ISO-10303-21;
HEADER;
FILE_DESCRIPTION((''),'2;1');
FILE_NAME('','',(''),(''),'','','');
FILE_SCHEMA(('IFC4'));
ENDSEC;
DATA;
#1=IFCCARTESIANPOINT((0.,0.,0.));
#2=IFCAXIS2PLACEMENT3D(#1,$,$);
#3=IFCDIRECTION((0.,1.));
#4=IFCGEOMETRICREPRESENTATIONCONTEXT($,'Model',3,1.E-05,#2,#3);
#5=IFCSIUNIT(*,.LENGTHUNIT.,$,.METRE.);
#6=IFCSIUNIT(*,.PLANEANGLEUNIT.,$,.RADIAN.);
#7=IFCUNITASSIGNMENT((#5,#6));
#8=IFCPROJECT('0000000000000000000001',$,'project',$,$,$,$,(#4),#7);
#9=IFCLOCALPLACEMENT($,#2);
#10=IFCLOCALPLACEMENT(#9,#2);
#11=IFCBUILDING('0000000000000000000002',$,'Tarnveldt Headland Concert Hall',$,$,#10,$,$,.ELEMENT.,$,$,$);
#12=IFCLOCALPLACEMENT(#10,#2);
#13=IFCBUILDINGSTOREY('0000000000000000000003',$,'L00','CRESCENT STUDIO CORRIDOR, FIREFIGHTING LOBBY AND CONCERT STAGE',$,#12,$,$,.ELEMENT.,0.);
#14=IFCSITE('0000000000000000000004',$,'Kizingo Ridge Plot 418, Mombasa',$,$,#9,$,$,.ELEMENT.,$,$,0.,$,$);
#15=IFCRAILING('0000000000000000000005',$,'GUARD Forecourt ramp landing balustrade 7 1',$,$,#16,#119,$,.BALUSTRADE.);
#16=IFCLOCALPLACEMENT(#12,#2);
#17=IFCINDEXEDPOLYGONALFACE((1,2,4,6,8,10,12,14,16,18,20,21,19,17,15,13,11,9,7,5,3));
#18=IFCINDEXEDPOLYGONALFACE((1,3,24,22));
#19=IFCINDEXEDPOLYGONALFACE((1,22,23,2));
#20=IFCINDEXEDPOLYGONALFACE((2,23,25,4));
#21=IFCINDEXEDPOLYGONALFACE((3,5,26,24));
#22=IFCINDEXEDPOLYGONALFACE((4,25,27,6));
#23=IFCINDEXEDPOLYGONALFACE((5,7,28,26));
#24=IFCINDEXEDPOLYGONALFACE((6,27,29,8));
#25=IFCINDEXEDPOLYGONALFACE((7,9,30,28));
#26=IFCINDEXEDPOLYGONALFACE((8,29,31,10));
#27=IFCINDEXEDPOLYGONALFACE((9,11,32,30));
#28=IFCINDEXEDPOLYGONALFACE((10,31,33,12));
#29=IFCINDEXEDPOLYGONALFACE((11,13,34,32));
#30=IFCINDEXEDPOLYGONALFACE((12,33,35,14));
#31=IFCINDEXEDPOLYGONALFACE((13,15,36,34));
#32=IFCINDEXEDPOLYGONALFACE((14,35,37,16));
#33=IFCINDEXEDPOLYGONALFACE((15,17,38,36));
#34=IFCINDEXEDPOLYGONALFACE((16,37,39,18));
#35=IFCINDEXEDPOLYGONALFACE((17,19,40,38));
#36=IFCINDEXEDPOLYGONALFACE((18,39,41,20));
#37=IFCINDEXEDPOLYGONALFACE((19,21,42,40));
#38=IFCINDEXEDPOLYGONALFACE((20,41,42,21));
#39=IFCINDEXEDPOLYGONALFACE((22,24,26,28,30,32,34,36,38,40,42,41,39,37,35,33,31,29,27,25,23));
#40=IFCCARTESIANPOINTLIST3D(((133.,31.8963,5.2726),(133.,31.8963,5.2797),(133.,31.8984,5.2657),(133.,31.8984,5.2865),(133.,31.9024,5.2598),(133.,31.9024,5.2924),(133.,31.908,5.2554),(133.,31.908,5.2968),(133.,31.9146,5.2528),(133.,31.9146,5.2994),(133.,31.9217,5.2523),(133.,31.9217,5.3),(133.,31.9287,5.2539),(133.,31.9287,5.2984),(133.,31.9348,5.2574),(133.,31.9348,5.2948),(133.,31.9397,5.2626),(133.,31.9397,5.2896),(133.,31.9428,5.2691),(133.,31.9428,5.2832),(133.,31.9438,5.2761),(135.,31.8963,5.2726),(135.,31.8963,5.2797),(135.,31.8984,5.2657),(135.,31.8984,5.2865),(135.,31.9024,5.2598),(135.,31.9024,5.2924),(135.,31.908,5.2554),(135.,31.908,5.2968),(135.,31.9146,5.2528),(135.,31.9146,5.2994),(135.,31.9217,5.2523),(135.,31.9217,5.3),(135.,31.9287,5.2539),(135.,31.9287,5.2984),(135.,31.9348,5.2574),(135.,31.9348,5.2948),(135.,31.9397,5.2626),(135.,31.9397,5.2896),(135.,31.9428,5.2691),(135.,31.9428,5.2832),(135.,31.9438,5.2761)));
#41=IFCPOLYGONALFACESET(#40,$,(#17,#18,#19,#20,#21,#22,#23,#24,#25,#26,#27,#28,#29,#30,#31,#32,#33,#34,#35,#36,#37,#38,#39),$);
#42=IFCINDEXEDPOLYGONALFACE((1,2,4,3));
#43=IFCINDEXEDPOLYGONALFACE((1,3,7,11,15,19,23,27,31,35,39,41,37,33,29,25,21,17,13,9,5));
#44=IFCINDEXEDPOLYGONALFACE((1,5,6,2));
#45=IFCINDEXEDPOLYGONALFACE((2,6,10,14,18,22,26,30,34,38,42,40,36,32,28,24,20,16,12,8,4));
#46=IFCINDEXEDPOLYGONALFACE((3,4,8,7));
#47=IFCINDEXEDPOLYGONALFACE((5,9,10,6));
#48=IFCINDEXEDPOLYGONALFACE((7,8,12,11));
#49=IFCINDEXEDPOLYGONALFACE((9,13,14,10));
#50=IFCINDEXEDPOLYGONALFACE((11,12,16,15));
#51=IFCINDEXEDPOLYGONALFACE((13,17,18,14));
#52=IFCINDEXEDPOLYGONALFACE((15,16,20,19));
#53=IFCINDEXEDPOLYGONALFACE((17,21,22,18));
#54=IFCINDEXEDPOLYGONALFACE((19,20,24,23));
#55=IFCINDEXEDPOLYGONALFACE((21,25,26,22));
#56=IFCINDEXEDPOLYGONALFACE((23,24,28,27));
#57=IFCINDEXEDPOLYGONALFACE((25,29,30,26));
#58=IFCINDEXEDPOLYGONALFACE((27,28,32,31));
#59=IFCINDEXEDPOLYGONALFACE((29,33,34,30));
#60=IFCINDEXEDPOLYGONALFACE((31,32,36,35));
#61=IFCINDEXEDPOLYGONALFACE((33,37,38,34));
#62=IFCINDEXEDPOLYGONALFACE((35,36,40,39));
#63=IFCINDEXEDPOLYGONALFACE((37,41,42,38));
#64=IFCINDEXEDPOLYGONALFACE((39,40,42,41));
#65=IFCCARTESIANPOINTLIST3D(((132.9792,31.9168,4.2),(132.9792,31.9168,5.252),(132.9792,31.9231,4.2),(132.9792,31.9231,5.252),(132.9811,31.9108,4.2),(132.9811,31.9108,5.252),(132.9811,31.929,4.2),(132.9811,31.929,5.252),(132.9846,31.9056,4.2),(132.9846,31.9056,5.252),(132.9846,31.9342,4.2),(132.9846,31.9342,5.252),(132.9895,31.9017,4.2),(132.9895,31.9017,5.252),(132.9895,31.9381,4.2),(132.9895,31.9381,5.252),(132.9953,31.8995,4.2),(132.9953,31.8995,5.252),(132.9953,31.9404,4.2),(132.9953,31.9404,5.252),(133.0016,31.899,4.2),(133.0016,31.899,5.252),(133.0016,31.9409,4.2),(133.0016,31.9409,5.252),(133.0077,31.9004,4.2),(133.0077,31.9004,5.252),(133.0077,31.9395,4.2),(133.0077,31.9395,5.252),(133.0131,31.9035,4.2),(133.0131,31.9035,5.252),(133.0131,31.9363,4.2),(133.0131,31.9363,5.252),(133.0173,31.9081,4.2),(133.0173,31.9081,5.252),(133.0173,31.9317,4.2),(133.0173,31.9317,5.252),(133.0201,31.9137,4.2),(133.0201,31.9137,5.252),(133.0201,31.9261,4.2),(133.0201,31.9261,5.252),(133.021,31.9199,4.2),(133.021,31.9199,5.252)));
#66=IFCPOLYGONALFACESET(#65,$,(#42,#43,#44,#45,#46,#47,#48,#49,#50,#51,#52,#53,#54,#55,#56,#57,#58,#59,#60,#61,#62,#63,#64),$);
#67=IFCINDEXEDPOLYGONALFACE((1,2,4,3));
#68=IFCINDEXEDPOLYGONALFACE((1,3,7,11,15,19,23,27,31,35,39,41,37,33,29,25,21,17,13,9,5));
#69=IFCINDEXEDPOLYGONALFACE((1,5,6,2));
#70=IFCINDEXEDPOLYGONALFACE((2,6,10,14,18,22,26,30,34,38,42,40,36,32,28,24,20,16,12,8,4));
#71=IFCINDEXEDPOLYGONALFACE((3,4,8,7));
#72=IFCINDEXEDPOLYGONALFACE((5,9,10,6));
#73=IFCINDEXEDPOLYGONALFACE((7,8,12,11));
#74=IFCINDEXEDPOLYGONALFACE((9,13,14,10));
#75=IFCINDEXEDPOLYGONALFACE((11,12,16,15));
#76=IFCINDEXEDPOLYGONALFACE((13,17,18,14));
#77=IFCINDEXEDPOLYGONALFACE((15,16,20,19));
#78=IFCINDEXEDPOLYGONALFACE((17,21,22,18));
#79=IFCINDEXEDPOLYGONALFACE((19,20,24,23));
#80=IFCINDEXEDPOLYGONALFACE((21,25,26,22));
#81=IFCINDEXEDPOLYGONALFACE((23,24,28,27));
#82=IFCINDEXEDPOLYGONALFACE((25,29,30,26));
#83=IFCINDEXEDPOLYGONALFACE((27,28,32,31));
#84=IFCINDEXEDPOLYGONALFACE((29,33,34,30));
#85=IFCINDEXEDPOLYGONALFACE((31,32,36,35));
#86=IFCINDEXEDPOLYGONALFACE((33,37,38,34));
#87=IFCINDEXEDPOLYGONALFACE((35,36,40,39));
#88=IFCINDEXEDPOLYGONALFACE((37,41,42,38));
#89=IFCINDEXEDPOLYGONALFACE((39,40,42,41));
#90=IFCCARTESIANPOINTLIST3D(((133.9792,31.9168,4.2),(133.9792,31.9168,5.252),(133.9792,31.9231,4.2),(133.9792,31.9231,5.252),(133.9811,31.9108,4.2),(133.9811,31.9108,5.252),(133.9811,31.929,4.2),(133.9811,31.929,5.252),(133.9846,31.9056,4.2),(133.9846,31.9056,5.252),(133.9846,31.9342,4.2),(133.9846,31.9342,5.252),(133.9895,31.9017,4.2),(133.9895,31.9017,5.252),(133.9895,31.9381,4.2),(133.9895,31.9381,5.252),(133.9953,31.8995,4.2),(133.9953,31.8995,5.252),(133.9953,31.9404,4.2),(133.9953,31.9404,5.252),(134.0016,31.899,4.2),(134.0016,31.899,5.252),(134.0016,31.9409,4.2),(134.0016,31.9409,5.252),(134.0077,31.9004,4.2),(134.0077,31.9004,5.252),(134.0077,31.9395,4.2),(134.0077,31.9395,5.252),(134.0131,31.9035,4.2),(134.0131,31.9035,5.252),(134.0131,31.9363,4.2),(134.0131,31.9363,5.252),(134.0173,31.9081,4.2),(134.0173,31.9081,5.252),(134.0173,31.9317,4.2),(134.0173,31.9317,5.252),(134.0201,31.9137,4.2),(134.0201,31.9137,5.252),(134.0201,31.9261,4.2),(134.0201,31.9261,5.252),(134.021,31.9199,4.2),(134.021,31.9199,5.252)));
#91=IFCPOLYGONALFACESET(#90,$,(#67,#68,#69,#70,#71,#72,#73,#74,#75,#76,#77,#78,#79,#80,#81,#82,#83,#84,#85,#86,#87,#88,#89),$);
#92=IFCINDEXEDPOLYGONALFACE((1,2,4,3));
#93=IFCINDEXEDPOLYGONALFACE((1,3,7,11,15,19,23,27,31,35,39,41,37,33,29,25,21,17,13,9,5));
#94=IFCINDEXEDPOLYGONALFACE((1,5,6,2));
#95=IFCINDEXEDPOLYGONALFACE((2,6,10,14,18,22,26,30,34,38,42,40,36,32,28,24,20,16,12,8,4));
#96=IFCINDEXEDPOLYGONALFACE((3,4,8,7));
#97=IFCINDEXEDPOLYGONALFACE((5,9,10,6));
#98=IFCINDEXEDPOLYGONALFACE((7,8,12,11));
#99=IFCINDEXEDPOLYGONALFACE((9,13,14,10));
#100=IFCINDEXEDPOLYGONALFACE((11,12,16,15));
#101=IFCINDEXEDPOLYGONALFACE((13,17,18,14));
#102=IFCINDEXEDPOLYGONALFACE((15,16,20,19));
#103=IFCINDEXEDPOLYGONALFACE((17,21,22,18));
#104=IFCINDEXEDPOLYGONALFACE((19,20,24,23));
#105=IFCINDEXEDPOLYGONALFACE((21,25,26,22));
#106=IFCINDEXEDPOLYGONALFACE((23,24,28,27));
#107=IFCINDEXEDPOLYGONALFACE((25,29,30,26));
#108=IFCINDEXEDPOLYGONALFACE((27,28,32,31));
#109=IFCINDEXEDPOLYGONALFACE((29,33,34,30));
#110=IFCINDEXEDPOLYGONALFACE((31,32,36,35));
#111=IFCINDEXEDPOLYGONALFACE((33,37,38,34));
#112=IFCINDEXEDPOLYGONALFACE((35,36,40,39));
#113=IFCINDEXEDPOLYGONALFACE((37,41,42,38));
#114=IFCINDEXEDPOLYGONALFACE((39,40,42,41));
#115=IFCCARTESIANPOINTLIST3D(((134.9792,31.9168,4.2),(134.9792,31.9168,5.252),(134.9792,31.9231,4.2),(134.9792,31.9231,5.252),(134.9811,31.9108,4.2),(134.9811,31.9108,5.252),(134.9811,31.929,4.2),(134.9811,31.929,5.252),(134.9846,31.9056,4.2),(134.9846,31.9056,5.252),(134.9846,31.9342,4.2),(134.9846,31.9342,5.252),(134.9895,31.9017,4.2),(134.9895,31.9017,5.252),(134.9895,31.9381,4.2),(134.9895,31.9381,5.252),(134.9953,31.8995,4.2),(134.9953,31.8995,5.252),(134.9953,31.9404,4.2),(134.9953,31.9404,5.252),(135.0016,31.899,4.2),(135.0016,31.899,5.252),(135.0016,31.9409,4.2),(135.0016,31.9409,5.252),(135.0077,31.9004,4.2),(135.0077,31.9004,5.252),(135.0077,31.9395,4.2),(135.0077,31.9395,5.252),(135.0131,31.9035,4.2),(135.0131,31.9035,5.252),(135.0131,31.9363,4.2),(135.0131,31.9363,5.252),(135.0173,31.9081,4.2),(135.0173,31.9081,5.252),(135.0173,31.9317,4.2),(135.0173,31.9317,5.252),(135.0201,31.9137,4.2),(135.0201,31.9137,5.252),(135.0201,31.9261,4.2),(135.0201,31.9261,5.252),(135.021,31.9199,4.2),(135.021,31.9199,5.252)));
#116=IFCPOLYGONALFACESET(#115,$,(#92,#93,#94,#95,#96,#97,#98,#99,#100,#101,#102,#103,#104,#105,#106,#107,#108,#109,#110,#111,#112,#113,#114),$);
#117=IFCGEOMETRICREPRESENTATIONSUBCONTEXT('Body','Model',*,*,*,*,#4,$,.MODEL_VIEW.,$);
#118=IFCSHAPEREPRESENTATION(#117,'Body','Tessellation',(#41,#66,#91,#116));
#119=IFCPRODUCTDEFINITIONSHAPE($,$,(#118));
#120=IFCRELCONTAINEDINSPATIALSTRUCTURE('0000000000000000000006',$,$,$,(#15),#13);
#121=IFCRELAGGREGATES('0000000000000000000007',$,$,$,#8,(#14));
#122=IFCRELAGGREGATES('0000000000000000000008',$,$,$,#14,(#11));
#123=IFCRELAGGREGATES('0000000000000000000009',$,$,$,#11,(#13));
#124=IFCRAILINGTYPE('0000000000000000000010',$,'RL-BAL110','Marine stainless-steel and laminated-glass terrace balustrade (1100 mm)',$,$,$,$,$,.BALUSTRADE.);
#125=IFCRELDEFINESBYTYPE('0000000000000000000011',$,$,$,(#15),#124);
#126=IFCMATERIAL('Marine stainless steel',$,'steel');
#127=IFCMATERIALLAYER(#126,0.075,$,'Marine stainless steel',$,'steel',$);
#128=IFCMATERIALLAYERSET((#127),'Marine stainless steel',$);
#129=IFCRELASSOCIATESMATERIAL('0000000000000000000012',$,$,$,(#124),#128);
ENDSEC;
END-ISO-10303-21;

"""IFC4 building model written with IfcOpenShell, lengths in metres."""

from ifc_helpers import new_model, si_unit, direction, frame, origin, origin_2d, place, context, subcontext, project, spatial, circle, extrude, material, layer, layer_set, type_object, element, save


model = new_model("IFC4")

# Units and contexts
model_context = context("Model", 3, precision=1e-05, world=origin(), true_north=direction((0.0, 1.0)))
body_context = subcontext(model_context, "Body", "Model", "MODEL_VIEW")
ifc_project = project(units=[si_unit("LENGTHUNIT", "METRE"), si_unit("PLANEANGLEUNIT", "RADIAN")], contexts=[model_context])

# Site, building, storey
site_placement = place(None, origin())
site = spatial("IfcSite", under=ifc_project, at=site_placement, Name="Kizingo Ridge Plot 418, Mombasa", CompositionType="ELEMENT", RefElevation=0.0)
building_placement = place(site_placement, origin())
building = spatial("IfcBuilding", under=site, at=building_placement, Name="Tarnveldt Headland Concert Hall", CompositionType="ELEMENT")
storey_placement = place(building_placement, origin())
storey = spatial("IfcBuildingStorey", under=building, at=storey_placement, Name="L00", Description="CRESCENT STUDIO CORRIDOR, FIREFIGHTING LOBBY AND CONCERT STAGE", CompositionType="ELEMENT", Elevation=0.0)

# Railing
ifc_material_1 = material(Name="Marine stainless steel", Category="steel")
ifc_layer_1 = layer(ifc_material_1, 0.075, Name="Marine stainless steel", Category="steel")
ifc_layer_set_1 = layer_set([ifc_layer_1], Name="Marine stainless steel")
railing_type = type_object("IfcRailingType", Name="RL-BAL110", Description="Marine stainless-steel and laminated-glass terrace balustrade (1100 mm)", PredefinedType="BALUSTRADE", material=ifc_layer_set_1)
railing_1_placement = place(storey_placement, frame((133.0, 31.9199, 4.2)))
element("IfcRailing", 1, at=railing_1_placement, inside=storey, type_object=railing_type, Name="GUARD Forecourt ramp landing balustrade 7 1", PredefinedType="BALUSTRADE", context=body_context, shape_type="SweptSolid", body=[
    extrude(circle(Radius=0.0239, at=origin_2d()), frame((0.0, 0.0, 1.0762), z_axis=(1.0, 0.0, 0.0), x_axis=(0.0, 1.0, 0.0)), (0.0, 0.0, 1.0), 2.0),
    extrude(circle(Radius=0.021, at=origin_2d()), origin(), (0.0, 0.0, 1.0), 1.052),
    extrude(circle(Radius=0.021, at=origin_2d()), frame((1.0, 0.0, 0.0)), (0.0, 0.0, 1.0), 1.052),
    extrude(circle(Radius=0.021, at=origin_2d()), frame((2.0, 0.0, 0.0)), (0.0, 0.0, 1.0), 1.052),
])

save(model, "model.ifc")
